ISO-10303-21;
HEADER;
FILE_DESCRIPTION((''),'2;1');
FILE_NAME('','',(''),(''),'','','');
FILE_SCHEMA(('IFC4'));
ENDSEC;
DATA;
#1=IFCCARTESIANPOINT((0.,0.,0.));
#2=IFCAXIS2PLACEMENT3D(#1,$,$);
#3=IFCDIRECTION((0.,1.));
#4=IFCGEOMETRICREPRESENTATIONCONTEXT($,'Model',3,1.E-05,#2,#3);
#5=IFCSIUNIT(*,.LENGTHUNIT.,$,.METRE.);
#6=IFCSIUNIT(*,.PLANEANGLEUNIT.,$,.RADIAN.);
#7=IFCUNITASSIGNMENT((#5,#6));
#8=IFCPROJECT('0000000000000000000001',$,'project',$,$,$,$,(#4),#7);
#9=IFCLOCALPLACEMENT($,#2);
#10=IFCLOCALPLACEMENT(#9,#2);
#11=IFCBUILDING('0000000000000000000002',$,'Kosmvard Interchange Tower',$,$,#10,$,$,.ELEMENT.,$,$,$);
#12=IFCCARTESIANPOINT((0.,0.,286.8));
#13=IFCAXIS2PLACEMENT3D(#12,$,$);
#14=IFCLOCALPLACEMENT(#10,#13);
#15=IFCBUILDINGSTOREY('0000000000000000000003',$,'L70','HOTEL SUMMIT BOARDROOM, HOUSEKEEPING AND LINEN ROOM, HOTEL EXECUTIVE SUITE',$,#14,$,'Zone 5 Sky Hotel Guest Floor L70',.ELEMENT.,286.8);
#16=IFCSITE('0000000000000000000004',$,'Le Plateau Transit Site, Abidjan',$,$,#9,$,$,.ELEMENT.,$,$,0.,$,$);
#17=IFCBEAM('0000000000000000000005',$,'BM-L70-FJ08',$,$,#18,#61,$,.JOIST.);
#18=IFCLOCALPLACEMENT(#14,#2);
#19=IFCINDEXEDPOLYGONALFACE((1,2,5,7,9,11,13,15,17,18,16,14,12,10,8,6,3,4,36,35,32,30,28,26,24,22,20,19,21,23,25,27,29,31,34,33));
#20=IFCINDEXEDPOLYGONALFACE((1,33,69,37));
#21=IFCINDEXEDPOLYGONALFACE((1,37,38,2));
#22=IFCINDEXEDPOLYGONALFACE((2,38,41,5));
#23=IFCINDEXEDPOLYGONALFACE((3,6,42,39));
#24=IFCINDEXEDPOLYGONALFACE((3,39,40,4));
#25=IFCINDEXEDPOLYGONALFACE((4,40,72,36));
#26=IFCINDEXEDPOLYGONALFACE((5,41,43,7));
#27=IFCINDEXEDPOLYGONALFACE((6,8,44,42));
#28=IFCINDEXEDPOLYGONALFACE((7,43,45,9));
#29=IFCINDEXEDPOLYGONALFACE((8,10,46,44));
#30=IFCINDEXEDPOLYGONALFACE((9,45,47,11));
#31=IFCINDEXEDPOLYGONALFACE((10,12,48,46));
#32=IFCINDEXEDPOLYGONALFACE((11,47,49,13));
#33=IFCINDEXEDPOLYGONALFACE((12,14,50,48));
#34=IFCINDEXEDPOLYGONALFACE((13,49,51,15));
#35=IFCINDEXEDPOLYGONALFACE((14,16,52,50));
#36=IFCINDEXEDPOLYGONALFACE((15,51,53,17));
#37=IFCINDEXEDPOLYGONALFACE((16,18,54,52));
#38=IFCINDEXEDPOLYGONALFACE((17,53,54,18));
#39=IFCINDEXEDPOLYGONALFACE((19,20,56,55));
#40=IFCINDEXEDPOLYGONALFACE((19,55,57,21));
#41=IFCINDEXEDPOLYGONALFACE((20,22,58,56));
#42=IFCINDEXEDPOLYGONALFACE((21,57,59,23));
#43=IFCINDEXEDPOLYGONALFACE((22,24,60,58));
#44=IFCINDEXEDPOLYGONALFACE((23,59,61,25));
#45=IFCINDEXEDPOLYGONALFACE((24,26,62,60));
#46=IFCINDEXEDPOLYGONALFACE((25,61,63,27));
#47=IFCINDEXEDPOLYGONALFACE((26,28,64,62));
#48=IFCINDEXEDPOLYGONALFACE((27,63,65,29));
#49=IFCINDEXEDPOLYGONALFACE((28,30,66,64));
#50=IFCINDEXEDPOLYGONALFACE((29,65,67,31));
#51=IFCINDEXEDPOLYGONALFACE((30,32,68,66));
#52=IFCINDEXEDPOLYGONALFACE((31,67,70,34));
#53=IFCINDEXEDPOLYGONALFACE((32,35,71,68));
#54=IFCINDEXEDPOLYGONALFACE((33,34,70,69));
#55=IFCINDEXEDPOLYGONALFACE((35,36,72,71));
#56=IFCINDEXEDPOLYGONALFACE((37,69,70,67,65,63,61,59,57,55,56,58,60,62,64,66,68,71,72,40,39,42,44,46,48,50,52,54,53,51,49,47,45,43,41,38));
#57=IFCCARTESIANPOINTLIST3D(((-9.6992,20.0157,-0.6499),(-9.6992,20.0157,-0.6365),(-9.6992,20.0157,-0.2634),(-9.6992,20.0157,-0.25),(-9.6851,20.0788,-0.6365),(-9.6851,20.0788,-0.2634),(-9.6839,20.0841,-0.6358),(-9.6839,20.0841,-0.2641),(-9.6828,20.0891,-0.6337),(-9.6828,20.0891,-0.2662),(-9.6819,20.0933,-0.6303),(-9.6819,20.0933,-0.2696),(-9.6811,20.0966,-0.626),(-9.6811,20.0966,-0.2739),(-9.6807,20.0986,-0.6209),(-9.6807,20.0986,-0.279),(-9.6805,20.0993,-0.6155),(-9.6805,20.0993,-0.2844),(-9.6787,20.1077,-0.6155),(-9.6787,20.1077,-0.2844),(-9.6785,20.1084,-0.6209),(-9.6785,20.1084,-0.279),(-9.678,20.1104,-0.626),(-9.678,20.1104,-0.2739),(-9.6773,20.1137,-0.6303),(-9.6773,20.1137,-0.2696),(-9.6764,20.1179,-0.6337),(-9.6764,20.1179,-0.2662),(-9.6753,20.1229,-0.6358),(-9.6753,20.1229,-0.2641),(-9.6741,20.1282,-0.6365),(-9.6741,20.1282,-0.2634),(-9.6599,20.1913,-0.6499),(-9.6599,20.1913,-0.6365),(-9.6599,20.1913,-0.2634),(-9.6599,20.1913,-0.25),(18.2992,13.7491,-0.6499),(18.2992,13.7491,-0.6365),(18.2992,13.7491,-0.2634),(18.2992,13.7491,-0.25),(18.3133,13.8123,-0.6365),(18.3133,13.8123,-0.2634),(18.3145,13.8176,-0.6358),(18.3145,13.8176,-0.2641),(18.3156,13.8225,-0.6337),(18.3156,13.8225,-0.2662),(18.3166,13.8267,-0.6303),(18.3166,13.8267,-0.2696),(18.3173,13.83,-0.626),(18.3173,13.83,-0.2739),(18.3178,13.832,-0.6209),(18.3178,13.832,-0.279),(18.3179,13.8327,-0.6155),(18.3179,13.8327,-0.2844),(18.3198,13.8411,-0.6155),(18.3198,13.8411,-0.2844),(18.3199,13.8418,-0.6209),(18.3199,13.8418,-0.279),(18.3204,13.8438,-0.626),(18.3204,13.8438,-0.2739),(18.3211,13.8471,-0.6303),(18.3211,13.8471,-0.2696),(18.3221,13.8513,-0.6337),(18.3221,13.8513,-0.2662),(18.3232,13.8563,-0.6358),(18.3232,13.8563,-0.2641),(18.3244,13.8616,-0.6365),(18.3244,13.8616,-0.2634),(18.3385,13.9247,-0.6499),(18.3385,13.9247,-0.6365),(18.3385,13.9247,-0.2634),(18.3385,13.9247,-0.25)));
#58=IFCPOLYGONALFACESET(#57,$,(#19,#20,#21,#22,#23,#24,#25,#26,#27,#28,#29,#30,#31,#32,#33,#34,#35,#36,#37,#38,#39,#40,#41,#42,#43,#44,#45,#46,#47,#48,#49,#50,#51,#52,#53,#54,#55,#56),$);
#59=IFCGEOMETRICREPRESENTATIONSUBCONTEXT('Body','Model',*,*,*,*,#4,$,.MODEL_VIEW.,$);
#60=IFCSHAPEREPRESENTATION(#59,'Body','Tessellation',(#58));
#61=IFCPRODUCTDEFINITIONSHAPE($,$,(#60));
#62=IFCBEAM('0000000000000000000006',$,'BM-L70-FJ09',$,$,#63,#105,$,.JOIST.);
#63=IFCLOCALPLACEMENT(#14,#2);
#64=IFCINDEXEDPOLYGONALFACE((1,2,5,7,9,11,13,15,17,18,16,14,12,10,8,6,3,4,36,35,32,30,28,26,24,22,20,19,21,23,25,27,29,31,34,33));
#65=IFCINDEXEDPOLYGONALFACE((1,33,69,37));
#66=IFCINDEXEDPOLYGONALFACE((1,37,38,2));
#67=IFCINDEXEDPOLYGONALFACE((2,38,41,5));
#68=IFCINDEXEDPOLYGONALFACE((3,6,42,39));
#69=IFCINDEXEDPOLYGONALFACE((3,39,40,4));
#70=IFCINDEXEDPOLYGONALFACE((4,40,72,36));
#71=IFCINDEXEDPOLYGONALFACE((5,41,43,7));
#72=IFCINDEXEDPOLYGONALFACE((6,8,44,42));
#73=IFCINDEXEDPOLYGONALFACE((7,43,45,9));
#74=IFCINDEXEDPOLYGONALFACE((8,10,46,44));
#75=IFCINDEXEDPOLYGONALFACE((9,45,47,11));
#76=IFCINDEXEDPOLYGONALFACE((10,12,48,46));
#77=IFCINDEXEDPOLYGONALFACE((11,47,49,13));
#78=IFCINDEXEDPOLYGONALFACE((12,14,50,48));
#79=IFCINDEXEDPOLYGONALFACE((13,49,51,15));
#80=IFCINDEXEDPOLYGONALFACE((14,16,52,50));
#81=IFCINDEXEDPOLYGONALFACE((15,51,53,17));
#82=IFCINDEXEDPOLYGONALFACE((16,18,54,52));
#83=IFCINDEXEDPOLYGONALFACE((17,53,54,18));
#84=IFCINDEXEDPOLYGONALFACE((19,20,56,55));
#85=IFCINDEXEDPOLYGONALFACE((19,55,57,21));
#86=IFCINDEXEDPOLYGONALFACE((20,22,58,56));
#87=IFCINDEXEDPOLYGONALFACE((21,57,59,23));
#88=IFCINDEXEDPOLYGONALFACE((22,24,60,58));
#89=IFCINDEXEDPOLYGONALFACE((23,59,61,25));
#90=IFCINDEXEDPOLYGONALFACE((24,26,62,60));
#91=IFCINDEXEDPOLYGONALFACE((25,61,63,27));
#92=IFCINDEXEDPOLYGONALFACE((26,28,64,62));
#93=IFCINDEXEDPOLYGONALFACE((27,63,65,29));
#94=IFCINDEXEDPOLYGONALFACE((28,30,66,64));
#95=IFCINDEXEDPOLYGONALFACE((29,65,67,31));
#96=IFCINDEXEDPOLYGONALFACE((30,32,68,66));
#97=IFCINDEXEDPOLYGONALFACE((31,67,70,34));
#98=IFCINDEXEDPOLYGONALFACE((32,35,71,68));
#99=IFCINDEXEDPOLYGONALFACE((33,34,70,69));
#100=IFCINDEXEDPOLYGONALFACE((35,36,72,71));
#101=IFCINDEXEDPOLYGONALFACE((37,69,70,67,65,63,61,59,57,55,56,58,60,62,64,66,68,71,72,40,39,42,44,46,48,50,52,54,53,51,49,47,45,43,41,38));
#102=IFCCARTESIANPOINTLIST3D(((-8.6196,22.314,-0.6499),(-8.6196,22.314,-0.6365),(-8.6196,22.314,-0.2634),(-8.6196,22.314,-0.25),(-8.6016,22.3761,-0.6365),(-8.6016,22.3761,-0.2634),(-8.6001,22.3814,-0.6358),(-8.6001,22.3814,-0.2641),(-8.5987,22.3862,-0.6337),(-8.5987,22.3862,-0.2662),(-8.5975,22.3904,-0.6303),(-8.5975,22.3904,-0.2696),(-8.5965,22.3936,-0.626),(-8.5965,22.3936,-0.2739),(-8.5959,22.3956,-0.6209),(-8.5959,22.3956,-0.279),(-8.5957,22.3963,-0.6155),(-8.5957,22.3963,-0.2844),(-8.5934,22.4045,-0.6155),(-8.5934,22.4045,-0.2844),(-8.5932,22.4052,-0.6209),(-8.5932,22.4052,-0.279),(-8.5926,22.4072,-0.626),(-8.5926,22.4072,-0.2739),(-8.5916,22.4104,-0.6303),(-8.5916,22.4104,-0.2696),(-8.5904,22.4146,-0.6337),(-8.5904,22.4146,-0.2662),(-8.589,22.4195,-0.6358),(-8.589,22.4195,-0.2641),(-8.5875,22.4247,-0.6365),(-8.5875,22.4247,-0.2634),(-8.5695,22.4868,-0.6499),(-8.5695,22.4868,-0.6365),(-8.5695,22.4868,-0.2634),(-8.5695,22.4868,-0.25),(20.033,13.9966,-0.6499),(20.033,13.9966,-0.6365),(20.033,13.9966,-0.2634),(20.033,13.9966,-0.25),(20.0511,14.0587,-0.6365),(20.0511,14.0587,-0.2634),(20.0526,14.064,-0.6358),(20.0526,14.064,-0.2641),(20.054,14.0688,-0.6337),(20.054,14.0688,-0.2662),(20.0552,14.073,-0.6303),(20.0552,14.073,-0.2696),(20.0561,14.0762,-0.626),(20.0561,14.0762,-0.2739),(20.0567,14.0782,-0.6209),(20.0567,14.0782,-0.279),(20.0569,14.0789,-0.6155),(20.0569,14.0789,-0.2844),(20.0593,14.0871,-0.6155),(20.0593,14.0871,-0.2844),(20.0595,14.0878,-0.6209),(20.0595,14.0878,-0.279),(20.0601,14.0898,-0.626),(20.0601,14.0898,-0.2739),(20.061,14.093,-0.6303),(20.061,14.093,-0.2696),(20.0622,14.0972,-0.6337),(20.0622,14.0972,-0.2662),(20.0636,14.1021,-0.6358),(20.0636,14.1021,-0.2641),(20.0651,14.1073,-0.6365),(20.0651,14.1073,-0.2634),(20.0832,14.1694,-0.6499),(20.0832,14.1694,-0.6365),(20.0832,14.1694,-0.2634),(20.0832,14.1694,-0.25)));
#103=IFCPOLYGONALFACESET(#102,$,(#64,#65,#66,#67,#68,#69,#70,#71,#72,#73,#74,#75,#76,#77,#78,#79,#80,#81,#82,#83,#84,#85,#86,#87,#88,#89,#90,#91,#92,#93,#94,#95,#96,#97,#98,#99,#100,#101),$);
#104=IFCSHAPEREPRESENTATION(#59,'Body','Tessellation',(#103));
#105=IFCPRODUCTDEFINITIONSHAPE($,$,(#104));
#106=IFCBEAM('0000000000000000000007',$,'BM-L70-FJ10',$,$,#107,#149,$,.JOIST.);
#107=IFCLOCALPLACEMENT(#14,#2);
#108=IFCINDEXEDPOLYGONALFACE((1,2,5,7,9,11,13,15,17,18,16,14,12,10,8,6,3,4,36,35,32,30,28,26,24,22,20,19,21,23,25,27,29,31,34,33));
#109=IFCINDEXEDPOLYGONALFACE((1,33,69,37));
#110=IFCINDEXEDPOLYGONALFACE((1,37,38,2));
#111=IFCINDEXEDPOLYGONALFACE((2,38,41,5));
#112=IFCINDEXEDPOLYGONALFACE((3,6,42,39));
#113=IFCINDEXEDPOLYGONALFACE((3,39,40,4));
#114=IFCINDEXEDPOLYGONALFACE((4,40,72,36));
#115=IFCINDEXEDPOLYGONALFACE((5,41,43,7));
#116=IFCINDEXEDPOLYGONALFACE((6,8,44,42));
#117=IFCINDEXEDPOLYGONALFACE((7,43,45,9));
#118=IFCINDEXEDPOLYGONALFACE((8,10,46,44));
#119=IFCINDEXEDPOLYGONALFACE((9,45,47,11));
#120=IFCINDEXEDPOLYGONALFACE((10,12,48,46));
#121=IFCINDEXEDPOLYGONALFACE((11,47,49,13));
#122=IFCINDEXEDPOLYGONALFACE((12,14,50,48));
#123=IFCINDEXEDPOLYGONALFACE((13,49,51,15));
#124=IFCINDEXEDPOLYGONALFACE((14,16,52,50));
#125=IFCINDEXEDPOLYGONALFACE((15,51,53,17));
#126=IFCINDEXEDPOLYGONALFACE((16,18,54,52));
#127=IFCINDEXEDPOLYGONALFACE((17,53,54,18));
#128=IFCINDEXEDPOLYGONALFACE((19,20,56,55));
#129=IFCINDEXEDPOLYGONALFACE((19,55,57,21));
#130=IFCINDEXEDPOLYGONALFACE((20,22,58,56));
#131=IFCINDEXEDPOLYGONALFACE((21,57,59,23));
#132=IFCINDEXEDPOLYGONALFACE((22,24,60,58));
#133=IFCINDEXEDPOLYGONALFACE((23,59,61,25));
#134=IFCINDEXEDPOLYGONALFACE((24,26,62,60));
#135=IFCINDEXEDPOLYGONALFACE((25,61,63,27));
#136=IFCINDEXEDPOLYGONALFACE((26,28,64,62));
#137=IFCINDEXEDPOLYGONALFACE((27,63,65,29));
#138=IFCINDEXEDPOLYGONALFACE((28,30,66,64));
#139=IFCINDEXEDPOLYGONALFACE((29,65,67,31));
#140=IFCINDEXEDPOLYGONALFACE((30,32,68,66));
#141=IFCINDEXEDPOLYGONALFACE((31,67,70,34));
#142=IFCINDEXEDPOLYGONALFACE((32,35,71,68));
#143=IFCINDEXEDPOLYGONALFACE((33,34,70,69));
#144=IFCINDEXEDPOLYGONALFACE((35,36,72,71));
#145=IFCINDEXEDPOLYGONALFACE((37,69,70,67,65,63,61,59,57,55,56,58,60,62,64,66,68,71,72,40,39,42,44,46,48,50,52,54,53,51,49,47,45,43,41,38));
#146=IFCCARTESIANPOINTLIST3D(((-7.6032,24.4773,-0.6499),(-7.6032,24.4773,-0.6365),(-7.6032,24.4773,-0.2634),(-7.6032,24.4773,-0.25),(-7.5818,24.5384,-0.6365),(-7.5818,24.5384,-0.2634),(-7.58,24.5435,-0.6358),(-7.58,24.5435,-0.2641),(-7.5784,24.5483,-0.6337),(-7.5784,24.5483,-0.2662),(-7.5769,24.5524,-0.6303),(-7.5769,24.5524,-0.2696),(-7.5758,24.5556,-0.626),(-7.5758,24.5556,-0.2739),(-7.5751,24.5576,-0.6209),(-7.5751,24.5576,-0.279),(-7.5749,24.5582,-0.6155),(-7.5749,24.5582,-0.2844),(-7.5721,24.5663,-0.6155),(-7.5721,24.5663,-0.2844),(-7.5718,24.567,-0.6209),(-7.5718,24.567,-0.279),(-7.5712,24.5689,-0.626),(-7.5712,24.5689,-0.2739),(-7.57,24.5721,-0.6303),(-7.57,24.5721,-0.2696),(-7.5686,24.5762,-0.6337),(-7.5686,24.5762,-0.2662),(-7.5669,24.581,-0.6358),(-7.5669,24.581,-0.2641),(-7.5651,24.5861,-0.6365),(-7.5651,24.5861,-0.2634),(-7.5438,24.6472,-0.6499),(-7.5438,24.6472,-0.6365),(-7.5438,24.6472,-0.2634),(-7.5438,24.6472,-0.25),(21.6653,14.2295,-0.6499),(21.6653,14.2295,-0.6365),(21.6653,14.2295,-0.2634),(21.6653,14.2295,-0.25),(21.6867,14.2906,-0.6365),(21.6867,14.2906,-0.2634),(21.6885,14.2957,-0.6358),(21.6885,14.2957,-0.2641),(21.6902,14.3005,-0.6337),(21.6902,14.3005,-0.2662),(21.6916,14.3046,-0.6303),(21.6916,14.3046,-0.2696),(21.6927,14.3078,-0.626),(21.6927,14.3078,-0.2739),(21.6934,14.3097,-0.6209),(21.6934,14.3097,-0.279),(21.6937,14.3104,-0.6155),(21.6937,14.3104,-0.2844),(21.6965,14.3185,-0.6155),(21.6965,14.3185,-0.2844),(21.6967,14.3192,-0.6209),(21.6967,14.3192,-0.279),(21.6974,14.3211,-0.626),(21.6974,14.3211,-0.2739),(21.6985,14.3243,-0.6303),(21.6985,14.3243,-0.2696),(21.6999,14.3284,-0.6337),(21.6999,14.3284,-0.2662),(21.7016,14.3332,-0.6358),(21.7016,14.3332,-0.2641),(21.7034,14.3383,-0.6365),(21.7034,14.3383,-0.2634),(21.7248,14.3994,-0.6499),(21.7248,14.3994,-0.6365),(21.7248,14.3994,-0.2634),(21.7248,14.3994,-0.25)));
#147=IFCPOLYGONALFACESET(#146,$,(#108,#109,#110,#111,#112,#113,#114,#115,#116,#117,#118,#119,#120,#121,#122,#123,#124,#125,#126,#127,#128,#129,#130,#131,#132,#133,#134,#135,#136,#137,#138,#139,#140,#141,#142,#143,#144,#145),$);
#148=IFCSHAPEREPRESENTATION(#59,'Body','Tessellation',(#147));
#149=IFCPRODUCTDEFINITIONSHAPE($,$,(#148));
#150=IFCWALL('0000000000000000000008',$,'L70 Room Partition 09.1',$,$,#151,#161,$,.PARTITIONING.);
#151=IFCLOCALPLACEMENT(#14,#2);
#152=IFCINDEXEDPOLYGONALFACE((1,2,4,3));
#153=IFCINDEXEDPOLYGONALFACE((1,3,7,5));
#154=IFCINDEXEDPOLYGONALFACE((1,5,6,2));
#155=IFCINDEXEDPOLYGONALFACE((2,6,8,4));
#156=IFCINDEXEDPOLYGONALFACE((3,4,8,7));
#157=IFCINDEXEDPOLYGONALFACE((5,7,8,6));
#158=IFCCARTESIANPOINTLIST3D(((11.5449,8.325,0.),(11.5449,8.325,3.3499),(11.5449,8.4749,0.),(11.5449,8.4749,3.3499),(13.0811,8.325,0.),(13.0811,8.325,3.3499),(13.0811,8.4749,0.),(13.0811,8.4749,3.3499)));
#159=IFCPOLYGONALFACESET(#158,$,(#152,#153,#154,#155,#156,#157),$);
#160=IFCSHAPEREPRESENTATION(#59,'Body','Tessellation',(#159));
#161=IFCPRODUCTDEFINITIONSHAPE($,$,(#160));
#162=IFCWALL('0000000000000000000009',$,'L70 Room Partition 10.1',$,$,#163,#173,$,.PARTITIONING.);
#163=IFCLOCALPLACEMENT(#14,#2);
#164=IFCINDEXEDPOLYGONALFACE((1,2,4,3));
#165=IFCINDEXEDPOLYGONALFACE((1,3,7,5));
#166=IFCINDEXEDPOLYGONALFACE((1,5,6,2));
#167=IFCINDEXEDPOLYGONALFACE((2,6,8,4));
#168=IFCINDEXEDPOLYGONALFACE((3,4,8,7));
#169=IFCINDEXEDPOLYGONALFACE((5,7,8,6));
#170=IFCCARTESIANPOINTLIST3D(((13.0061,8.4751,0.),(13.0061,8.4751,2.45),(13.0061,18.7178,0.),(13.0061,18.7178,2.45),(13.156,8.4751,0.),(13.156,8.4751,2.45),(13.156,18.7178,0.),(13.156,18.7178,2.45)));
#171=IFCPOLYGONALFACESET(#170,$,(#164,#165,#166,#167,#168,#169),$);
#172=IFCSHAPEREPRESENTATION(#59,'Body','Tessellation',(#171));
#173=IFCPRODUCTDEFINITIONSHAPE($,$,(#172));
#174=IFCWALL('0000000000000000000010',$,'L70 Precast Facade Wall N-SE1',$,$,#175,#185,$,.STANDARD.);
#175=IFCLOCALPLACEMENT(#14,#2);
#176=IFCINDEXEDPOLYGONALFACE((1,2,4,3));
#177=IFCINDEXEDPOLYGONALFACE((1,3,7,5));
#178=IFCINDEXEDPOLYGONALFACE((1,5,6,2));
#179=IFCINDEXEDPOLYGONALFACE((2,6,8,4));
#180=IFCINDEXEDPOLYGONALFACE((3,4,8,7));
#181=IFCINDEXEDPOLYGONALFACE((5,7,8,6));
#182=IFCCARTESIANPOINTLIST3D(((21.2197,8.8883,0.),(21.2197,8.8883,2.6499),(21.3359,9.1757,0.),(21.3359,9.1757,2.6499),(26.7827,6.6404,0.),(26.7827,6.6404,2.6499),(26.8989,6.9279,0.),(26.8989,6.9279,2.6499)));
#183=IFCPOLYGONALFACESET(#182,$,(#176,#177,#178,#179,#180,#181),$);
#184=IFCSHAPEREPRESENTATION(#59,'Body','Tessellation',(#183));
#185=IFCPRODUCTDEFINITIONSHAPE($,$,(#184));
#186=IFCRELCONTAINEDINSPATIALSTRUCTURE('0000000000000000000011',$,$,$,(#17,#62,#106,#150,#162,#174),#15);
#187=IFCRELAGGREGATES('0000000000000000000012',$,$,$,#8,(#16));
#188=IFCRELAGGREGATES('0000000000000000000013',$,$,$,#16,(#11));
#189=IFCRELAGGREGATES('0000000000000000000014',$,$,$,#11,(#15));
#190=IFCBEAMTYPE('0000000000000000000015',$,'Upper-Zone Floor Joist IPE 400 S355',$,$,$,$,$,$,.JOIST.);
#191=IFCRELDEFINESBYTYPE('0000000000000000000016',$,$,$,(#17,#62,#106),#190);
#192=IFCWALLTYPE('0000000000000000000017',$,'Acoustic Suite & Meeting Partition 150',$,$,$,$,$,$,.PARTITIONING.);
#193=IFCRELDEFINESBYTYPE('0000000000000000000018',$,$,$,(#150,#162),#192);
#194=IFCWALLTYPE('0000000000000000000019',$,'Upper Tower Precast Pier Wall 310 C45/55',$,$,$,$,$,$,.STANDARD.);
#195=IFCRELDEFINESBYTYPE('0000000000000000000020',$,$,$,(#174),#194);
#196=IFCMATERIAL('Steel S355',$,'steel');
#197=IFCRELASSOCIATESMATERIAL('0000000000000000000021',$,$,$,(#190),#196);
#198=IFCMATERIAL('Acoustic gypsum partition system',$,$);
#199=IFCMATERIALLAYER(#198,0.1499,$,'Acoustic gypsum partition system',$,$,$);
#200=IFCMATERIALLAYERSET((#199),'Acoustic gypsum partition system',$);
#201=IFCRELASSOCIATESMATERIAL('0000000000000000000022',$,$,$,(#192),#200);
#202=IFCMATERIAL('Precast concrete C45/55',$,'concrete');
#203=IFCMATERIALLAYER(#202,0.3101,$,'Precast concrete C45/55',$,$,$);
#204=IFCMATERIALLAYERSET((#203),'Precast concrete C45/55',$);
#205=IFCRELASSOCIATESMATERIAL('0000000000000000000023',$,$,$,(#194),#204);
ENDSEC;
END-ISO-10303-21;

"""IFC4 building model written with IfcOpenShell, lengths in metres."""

from ifc_helpers import new_model, si_unit, direction, frame, frame_2d, origin, origin_2d, place, context, subcontext, project, spatial, rectangle, i_section, extrude, source, transform, mapped, material, layer, layer_set, material_profile, profile_set, type_object, element, save


model = new_model("IFC4")

# Units and contexts
model_context = context("Model", 3, precision=1e-05, world=origin(), true_north=direction((0.0, 1.0)))
body_context = subcontext(model_context, "Body", "Model", "MODEL_VIEW")
ifc_project = project(units=[si_unit("LENGTHUNIT", "METRE"), si_unit("PLANEANGLEUNIT", "RADIAN")], contexts=[model_context])

# Site, building, storey
site_placement = place(None, origin())
site = spatial("IfcSite", under=ifc_project, at=site_placement, Name="Le Plateau Transit Site, Abidjan", CompositionType="ELEMENT", RefElevation=0.0)
building_placement = place(site_placement, origin())
building = spatial("IfcBuilding", under=site, at=building_placement, Name="Kosmvard Interchange Tower", CompositionType="ELEMENT")
storey_placement = place(building_placement, frame((0.0, 0.0, 286.8)))
storey = spatial("IfcBuildingStorey", under=building, at=storey_placement, Name="L70", Description="HOTEL SUMMIT BOARDROOM, HOUSEKEEPING AND LINEN ROOM, HOTEL EXECUTIVE SUITE", LongName="Zone 5 Sky Hotel Guest Floor L70", CompositionType="ELEMENT", Elevation=286.8)

# Beams
ifc_material_1 = material(Name="Steel S355", Category="steel")
ifc_material_2 = material(Name="Precast concrete C45/55", Category="concrete")
ifc_material_profile_1 = material_profile(ifc_material_1, i_section(OverallWidth=0.1799, OverallDepth=0.3999, WebThickness=0.0085, FlangeThickness=0.0134, FilletRadius=0.021, at=origin_2d()), Name="IPE 400")
ifc_profile_set_1 = profile_set([ifc_material_profile_1], Name="Steel S355")
beam_type_1 = type_object("IfcBeamType", Name="Upper-Zone Floor Joist IPE 400 S355", PredefinedType="JOIST", material=ifc_profile_set_1)
shared_shape_1 = source(origin(), body_context, "Body", "SweptSolid", [
    extrude(i_section(OverallWidth=0.1799, OverallDepth=0.3999, WebThickness=0.0085, FlangeThickness=0.0134, FilletRadius=0.021, at=origin_2d()), origin(), (0.0, 0.0, 1.0), 28.6912),
])
beam_1_placement = place(storey_placement, frame((18.3188, 13.8369, -0.45), z_axis=(-0.975856, 0.218415, 0.0), x_axis=(-0.218415, -0.975856, 0.0)))
element("IfcBeam", 1, at=beam_1_placement, inside=storey, type_object=beam_type_1, Name="BM-L70-FJ08", PredefinedType="JOIST", context=body_context, shape_type="MappedRepresentation", body=[
    mapped(shared_shape_1, transform((0.0, 0.0, 0.0), scale=1.0)),
])
shared_shape_2 = source(origin(), body_context, "Body", "SweptSolid", [
    extrude(i_section(OverallWidth=0.1799, OverallDepth=0.3999, WebThickness=0.0085, FlangeThickness=0.0134, FilletRadius=0.021, at=origin_2d()), origin(), (0.0, 0.0, 1.0), 29.8354),
])
beam_2_placement = place(storey_placement, frame((20.0581, 14.083, -0.45), z_axis=(-0.960356, 0.278776, 0.0), x_axis=(-0.278776, -0.960356, 0.0)))
element("IfcBeam", 2, at=beam_2_placement, inside=storey, type_object=beam_type_1, Name="BM-L70-FJ09", PredefinedType="JOIST", context=body_context, shape_type="MappedRepresentation", body=[
    mapped(shared_shape_2, transform((0.0, 0.0, 0.0), scale=1.0)),
])
shared_shape_3 = source(origin(), body_context, "Body", "SweptSolid", [
    extrude(i_section(OverallWidth=0.1799, OverallDepth=0.3999, WebThickness=0.0085, FlangeThickness=0.0134, FilletRadius=0.021, at=origin_2d()), origin(), (0.0, 0.0, 1.0), 31.0107),
])
beam_3_placement = place(storey_placement, frame((21.6951, 14.3145, -0.45), z_axis=(-0.94382, 0.33046, 0.0), x_axis=(-0.33046, -0.94382, 0.0)))
element("IfcBeam", 3, at=beam_3_placement, inside=storey, type_object=beam_type_1, Name="BM-L70-FJ10", PredefinedType="JOIST", context=body_context, shape_type="MappedRepresentation", body=[
    mapped(shared_shape_3, transform((0.0, 0.0, 0.0), scale=1.0)),
])

# Walls
ifc_material_3 = material(Name="Acoustic gypsum partition system")
ifc_layer_1 = layer(ifc_material_3, 0.1499, Name="Acoustic gypsum partition system")
ifc_layer_set_1 = layer_set([ifc_layer_1], Name="Acoustic gypsum partition system")
wall_type_1 = type_object("IfcWallType", Name="Acoustic Suite & Meeting Partition 150", PredefinedType="PARTITIONING", material=ifc_layer_set_1)
wall_1_placement = place(storey_placement, frame((11.5449, 8.3999, 0.0), z_axis=(0.0, 0.0, 1.0), x_axis=(1.0, 0.0, 0.0)))
element("IfcWall", 4, at=wall_1_placement, inside=storey, type_object=wall_type_1, Name="L70 Room Partition 09.1", PredefinedType="PARTITIONING", context=body_context, shape_type="SweptSolid", body=[
    extrude(rectangle(XDim=1.5361, YDim=0.1499, at=frame_2d((0.7681, 0.0))), origin(), (0.0, 0.0, 1.0), 3.3499),
])
wall_2_placement = place(storey_placement, frame((13.0811, 8.4751, 0.0), z_axis=(0.0, 0.0, 1.0), x_axis=(0.0, 1.0, 0.0)))
element("IfcWall", 5, at=wall_2_placement, inside=storey, type_object=wall_type_1, Name="L70 Room Partition 10.1", PredefinedType="PARTITIONING", context=body_context, shape_type="SweptSolid", body=[
    extrude(rectangle(XDim=10.2427, YDim=0.1499, at=frame_2d((5.1213, 0.0))), origin(), (0.0, 0.0, 1.0), 2.45),
])
ifc_layer_2 = layer(ifc_material_2, 0.3101, Name="Precast concrete C45/55")
ifc_layer_set_2 = layer_set([ifc_layer_2], Name="Precast concrete C45/55")
wall_type_2 = type_object("IfcWallType", Name="Upper Tower Precast Pier Wall 310 C45/55", PredefinedType="STANDARD", material=ifc_layer_set_2)
wall_3_placement = place(storey_placement, frame((26.8408, 6.7842, 0.0), z_axis=(0.0, 0.0, 1.0), x_axis=(-0.927172, 0.374637, 0.0)))
element("IfcWall", 6, at=wall_3_placement, inside=storey, type_object=wall_type_2, Name="L70 Precast Facade Wall N-SE1", PredefinedType="STANDARD", context=body_context, shape_type="SweptSolid", body=[
    extrude(rectangle(XDim=6.0, YDim=0.3101, at=frame_2d((3.0, 0.0))), origin(), (0.0, 0.0, 1.0), 2.6499),
])

save(model, "model.ifc")
